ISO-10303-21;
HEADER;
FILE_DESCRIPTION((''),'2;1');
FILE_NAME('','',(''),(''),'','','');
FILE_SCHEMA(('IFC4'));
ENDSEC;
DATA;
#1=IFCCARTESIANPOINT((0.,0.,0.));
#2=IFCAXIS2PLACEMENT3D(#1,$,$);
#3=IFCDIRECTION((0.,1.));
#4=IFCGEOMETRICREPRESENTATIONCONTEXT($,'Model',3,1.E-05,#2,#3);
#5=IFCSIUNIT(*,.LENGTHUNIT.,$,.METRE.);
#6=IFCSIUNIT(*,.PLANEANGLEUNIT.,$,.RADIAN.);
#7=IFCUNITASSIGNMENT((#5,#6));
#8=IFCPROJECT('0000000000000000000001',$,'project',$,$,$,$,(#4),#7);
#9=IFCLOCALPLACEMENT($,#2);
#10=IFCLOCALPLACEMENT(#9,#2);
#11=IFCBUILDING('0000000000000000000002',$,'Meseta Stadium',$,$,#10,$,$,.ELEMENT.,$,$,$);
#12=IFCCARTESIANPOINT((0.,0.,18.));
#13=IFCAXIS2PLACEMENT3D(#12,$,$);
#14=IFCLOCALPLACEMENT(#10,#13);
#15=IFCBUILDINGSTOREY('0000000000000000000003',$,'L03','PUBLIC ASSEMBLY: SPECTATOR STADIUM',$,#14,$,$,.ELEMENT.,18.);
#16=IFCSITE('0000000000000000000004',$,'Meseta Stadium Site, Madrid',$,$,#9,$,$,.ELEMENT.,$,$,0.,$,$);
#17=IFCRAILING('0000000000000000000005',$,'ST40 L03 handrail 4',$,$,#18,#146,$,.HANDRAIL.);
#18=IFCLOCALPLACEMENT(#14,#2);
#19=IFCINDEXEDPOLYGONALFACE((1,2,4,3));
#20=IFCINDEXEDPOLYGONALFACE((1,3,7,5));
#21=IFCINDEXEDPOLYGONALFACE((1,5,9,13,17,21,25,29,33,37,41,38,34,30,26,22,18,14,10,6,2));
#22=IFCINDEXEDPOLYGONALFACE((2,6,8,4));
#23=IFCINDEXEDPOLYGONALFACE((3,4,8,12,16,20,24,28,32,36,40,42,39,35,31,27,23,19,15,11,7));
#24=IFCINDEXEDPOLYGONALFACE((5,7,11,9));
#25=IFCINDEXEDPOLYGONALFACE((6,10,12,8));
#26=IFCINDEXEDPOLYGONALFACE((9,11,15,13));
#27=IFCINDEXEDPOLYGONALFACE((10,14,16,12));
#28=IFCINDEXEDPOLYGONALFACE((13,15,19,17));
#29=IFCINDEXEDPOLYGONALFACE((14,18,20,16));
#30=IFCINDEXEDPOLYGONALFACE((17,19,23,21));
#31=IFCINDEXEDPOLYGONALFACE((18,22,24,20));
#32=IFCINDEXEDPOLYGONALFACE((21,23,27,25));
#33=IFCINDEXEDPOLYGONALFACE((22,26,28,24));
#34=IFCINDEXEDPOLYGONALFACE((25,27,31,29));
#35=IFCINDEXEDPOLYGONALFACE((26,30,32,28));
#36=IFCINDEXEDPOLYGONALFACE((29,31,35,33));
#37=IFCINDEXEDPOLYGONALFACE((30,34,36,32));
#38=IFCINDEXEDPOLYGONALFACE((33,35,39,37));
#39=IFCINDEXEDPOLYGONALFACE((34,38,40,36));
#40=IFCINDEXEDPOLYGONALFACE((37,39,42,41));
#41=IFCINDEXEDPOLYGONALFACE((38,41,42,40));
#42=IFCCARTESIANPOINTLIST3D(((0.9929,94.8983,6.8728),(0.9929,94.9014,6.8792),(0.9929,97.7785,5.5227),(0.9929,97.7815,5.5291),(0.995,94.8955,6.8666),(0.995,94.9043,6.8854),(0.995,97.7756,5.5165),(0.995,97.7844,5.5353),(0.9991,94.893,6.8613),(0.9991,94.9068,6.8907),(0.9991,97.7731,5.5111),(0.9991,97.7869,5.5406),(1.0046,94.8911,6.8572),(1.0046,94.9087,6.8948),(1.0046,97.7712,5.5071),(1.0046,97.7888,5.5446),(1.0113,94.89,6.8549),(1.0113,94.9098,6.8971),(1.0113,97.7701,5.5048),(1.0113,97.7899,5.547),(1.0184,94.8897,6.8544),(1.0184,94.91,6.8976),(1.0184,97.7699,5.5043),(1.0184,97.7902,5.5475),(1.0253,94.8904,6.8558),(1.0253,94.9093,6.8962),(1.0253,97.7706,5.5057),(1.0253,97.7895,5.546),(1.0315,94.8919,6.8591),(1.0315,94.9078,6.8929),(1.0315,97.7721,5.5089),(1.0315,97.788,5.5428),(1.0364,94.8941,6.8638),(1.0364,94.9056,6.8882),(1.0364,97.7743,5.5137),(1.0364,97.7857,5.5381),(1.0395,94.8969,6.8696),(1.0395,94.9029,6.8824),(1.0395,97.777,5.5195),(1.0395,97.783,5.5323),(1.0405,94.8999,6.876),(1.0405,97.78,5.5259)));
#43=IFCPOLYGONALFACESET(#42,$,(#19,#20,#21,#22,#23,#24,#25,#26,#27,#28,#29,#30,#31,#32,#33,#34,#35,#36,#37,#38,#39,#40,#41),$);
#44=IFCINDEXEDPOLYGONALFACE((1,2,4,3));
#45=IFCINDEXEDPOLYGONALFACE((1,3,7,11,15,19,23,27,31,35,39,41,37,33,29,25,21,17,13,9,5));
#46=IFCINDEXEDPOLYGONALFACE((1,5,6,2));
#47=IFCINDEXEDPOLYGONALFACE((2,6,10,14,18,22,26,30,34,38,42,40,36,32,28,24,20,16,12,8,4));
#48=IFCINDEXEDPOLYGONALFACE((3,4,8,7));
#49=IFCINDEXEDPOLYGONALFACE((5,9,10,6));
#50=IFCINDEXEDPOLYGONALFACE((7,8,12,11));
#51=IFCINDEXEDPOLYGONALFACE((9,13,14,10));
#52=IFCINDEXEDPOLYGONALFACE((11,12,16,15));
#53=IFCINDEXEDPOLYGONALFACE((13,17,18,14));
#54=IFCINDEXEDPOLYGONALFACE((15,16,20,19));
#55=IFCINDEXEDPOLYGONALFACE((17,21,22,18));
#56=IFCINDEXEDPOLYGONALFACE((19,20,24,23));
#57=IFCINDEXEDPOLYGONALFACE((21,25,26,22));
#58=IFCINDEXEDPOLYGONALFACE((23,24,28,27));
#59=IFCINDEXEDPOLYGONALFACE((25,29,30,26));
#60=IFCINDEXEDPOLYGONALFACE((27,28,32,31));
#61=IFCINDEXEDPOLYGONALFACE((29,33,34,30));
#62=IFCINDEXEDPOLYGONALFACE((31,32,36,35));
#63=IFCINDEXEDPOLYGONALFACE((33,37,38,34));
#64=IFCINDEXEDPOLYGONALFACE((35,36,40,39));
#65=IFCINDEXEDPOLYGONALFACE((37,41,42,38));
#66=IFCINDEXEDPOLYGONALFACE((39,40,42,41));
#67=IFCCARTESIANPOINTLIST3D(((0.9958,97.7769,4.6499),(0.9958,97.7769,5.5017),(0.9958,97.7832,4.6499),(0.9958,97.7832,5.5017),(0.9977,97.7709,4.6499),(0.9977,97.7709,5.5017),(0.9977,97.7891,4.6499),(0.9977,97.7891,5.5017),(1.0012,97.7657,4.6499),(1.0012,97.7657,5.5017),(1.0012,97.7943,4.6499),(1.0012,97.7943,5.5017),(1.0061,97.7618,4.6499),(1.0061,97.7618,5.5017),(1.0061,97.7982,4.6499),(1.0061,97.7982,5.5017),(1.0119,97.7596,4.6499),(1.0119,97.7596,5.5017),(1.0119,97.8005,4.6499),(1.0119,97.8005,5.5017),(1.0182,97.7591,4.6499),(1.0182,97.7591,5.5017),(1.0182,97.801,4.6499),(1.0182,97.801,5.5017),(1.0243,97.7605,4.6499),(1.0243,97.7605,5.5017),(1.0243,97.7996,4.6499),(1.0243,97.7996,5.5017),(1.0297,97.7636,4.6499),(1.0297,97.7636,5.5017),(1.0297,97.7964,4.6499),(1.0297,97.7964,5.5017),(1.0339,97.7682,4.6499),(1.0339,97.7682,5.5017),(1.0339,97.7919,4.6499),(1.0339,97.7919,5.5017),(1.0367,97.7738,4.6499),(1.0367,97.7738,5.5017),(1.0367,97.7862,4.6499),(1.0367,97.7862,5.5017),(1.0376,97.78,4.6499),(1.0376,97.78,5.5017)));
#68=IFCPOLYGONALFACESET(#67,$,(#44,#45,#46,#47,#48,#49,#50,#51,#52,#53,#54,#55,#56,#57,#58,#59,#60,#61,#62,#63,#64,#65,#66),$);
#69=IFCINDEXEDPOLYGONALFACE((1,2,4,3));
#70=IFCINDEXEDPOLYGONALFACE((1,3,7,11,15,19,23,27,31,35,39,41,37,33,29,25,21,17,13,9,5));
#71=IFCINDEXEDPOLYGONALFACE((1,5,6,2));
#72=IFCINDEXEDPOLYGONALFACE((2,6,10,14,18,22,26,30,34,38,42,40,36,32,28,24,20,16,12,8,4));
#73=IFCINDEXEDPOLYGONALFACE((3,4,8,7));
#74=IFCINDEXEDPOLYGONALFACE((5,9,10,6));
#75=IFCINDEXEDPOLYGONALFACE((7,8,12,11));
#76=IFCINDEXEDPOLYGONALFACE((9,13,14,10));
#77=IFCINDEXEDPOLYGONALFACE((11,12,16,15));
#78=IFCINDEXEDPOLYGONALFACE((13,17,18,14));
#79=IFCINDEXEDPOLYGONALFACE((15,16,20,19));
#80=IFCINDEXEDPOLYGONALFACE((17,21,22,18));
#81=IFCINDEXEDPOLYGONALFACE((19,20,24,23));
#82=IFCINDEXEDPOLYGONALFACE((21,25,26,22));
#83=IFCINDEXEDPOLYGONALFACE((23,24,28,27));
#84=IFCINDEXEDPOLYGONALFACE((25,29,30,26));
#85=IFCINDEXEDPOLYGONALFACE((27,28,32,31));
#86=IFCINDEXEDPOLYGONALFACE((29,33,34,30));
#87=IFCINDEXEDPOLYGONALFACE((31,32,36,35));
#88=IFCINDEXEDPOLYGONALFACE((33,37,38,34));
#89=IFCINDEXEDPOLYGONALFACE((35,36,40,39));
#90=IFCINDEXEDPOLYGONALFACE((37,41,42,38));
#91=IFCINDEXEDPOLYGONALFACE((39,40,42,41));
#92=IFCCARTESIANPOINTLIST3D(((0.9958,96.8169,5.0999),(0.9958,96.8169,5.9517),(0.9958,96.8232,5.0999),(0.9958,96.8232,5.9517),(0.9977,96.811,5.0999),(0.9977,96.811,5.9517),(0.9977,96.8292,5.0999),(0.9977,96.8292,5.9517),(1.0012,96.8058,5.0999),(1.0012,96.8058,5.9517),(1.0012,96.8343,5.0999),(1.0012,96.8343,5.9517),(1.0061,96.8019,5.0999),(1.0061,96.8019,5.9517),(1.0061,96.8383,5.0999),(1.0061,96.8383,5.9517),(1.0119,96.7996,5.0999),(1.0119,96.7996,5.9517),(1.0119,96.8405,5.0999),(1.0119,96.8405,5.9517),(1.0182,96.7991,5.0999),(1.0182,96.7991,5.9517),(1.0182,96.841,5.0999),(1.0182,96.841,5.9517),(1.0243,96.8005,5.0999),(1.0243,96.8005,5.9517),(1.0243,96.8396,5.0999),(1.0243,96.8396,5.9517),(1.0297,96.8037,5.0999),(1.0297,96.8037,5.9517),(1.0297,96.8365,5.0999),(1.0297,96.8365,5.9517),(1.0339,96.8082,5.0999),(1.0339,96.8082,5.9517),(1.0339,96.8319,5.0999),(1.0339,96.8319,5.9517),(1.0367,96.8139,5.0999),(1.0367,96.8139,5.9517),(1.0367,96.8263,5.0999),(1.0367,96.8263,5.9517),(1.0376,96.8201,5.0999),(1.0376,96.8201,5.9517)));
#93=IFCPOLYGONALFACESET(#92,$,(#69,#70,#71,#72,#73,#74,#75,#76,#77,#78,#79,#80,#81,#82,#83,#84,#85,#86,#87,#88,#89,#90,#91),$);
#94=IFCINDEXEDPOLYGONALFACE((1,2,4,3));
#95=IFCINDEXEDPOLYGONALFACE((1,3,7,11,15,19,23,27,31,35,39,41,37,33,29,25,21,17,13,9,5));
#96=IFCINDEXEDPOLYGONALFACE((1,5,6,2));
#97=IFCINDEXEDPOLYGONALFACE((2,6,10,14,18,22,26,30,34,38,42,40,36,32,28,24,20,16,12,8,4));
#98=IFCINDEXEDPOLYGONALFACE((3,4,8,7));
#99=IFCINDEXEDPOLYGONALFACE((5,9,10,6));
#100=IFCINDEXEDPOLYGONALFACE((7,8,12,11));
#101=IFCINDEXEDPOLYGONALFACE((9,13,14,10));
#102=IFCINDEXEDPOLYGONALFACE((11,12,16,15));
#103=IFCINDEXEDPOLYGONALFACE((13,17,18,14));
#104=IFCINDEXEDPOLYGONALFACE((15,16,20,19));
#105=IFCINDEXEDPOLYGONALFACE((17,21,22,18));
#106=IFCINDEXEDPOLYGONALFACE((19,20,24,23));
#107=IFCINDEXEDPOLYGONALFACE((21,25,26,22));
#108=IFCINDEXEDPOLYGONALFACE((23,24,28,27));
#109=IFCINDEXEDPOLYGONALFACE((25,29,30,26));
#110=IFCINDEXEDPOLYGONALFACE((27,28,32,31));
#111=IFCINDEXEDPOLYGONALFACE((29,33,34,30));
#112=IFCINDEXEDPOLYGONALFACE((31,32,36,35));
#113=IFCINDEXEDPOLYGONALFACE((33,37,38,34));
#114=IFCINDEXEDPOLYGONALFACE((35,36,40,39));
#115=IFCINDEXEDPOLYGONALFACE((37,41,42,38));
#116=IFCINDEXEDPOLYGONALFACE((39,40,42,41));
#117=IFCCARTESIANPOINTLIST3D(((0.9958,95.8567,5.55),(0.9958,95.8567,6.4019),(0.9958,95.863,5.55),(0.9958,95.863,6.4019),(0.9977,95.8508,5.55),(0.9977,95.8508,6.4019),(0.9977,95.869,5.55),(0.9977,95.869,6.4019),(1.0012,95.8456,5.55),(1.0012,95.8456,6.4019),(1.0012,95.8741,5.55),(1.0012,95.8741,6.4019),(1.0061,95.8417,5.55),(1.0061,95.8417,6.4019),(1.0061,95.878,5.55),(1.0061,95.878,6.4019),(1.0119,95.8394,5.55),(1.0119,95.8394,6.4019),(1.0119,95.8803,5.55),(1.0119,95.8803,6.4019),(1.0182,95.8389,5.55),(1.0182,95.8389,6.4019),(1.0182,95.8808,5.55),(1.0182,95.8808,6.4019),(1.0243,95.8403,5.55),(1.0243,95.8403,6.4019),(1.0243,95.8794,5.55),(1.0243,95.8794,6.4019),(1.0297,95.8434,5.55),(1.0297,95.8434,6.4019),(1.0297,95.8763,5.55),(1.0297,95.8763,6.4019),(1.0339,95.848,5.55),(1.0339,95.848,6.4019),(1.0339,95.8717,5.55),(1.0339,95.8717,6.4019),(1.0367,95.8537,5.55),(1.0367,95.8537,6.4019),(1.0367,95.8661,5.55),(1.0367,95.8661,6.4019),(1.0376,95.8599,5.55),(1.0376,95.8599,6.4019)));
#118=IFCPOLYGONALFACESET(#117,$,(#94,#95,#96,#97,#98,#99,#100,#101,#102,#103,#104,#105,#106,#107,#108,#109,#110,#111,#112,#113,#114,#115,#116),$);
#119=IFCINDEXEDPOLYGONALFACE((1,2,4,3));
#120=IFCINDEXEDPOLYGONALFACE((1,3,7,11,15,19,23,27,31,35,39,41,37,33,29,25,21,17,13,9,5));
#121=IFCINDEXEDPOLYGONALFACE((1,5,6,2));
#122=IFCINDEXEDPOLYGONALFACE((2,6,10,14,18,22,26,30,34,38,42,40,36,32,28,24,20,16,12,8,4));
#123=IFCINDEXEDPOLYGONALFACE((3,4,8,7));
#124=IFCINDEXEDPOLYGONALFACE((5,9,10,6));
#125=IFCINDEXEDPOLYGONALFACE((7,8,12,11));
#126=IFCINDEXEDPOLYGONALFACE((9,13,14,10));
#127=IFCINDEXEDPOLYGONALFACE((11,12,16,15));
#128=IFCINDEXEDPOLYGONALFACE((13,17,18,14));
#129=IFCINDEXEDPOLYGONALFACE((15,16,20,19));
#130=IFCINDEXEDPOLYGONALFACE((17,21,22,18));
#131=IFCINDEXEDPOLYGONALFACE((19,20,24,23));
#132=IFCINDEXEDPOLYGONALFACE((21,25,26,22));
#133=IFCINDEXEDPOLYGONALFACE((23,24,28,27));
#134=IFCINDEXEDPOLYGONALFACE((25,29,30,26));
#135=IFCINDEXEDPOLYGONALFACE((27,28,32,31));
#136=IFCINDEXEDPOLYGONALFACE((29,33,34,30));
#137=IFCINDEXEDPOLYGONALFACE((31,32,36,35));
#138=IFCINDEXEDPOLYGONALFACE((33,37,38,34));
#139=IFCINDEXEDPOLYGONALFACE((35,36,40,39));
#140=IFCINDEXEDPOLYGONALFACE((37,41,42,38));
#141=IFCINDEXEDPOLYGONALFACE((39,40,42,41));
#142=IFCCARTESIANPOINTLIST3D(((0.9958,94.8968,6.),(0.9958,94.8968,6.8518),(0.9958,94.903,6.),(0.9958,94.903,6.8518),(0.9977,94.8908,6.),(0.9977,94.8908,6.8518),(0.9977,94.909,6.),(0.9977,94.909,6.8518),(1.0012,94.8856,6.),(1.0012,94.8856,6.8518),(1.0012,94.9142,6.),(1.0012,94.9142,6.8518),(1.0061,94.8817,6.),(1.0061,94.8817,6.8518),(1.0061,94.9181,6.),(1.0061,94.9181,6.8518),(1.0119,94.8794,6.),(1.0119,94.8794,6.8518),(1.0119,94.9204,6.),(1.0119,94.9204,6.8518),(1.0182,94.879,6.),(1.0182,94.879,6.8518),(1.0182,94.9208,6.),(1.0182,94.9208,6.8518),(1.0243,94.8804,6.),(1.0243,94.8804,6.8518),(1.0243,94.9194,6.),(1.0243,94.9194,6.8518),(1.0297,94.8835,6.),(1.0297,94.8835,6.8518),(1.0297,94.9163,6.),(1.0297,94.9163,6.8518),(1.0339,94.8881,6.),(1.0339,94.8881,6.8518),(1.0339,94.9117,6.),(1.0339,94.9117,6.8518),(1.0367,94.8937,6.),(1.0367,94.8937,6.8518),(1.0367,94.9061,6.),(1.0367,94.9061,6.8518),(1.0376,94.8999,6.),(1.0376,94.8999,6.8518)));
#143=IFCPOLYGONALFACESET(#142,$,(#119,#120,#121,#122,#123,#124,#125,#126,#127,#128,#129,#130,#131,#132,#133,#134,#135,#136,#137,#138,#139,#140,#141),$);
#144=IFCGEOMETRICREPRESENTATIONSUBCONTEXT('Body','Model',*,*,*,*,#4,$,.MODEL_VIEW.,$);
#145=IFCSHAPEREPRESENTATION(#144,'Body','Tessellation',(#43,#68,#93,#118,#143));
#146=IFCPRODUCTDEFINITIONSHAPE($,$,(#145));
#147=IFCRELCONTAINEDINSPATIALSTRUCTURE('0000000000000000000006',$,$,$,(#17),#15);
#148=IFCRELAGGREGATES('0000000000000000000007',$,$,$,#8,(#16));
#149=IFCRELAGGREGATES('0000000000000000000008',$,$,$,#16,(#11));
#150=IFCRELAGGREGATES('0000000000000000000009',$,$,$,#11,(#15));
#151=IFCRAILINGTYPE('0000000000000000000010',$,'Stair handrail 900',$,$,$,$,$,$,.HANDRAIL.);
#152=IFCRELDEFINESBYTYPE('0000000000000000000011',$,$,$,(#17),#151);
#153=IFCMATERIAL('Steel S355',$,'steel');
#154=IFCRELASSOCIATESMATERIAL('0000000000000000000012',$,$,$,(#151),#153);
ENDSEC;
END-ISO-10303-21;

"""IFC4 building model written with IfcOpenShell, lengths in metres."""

from ifc_helpers import new_model, si_unit, direction, frame, origin, origin_2d, place, context, subcontext, project, spatial, circle, extrude, material, type_object, element, save


model = new_model("IFC4")

# Units and contexts
model_context = context("Model", 3, precision=1e-05, world=origin(), true_north=direction((0.0, 1.0)))
body_context = subcontext(model_context, "Body", "Model", "MODEL_VIEW")
ifc_project = project(units=[si_unit("LENGTHUNIT", "METRE"), si_unit("PLANEANGLEUNIT", "RADIAN")], contexts=[model_context])

# Site, building, storey
site_placement = place(None, origin())
site = spatial("IfcSite", under=ifc_project, at=site_placement, Name="Meseta Stadium Site, Madrid", CompositionType="ELEMENT", RefElevation=0.0)
building_placement = place(site_placement, origin())
building = spatial("IfcBuilding", under=site, at=building_placement, Name="Meseta Stadium", CompositionType="ELEMENT")
storey_placement = place(building_placement, frame((0.0, 0.0, 18.0)))
storey = spatial("IfcBuildingStorey", under=building, at=storey_placement, Name="L03", Description="PUBLIC ASSEMBLY: SPECTATOR STADIUM", CompositionType="ELEMENT", Elevation=18.0)

# Railing
ifc_material_1 = material(Name="Steel S355", Category="steel")
railing_type_1 = type_object("IfcRailingType", Name="Stair handrail 900", PredefinedType="HANDRAIL", material=ifc_material_1)
for number, where, name in (
    (1, (1.0166, 97.78, 4.6499), "ST40 L03 handrail 4"),
):
    element("IfcRailing", number, at=place(storey_placement, frame(where)), inside=storey, type_object=railing_type_1, Name=name, PredefinedType="HANDRAIL", context=body_context, shape_type="SweptSolid", body=[
        extrude(circle(Radius=0.0239, at=origin_2d()), frame((0.0, 0.0, 0.876), z_axis=(0.0, -0.905454, 0.424444), x_axis=(1.0, 0.0, 0.0)), (0.0, 0.0, 1.0), 3.1809),
        extrude(circle(Radius=0.021, at=origin_2d()), origin(), (0.0, 0.0, 1.0), 0.8518),
        extrude(circle(Radius=0.021, at=origin_2d()), frame((0.0, -0.96, 0.45)), (0.0, 0.0, 1.0), 0.8518),
        extrude(circle(Radius=0.021, at=origin_2d()), frame((0.0, -1.9202, 0.9001)), (0.0, 0.0, 1.0), 0.8518),
        extrude(circle(Radius=0.021, at=origin_2d()), frame((0.0, -2.8801, 1.3501)), (0.0, 0.0, 1.0), 0.8518),
    ])

save(model, "model.ifc")
